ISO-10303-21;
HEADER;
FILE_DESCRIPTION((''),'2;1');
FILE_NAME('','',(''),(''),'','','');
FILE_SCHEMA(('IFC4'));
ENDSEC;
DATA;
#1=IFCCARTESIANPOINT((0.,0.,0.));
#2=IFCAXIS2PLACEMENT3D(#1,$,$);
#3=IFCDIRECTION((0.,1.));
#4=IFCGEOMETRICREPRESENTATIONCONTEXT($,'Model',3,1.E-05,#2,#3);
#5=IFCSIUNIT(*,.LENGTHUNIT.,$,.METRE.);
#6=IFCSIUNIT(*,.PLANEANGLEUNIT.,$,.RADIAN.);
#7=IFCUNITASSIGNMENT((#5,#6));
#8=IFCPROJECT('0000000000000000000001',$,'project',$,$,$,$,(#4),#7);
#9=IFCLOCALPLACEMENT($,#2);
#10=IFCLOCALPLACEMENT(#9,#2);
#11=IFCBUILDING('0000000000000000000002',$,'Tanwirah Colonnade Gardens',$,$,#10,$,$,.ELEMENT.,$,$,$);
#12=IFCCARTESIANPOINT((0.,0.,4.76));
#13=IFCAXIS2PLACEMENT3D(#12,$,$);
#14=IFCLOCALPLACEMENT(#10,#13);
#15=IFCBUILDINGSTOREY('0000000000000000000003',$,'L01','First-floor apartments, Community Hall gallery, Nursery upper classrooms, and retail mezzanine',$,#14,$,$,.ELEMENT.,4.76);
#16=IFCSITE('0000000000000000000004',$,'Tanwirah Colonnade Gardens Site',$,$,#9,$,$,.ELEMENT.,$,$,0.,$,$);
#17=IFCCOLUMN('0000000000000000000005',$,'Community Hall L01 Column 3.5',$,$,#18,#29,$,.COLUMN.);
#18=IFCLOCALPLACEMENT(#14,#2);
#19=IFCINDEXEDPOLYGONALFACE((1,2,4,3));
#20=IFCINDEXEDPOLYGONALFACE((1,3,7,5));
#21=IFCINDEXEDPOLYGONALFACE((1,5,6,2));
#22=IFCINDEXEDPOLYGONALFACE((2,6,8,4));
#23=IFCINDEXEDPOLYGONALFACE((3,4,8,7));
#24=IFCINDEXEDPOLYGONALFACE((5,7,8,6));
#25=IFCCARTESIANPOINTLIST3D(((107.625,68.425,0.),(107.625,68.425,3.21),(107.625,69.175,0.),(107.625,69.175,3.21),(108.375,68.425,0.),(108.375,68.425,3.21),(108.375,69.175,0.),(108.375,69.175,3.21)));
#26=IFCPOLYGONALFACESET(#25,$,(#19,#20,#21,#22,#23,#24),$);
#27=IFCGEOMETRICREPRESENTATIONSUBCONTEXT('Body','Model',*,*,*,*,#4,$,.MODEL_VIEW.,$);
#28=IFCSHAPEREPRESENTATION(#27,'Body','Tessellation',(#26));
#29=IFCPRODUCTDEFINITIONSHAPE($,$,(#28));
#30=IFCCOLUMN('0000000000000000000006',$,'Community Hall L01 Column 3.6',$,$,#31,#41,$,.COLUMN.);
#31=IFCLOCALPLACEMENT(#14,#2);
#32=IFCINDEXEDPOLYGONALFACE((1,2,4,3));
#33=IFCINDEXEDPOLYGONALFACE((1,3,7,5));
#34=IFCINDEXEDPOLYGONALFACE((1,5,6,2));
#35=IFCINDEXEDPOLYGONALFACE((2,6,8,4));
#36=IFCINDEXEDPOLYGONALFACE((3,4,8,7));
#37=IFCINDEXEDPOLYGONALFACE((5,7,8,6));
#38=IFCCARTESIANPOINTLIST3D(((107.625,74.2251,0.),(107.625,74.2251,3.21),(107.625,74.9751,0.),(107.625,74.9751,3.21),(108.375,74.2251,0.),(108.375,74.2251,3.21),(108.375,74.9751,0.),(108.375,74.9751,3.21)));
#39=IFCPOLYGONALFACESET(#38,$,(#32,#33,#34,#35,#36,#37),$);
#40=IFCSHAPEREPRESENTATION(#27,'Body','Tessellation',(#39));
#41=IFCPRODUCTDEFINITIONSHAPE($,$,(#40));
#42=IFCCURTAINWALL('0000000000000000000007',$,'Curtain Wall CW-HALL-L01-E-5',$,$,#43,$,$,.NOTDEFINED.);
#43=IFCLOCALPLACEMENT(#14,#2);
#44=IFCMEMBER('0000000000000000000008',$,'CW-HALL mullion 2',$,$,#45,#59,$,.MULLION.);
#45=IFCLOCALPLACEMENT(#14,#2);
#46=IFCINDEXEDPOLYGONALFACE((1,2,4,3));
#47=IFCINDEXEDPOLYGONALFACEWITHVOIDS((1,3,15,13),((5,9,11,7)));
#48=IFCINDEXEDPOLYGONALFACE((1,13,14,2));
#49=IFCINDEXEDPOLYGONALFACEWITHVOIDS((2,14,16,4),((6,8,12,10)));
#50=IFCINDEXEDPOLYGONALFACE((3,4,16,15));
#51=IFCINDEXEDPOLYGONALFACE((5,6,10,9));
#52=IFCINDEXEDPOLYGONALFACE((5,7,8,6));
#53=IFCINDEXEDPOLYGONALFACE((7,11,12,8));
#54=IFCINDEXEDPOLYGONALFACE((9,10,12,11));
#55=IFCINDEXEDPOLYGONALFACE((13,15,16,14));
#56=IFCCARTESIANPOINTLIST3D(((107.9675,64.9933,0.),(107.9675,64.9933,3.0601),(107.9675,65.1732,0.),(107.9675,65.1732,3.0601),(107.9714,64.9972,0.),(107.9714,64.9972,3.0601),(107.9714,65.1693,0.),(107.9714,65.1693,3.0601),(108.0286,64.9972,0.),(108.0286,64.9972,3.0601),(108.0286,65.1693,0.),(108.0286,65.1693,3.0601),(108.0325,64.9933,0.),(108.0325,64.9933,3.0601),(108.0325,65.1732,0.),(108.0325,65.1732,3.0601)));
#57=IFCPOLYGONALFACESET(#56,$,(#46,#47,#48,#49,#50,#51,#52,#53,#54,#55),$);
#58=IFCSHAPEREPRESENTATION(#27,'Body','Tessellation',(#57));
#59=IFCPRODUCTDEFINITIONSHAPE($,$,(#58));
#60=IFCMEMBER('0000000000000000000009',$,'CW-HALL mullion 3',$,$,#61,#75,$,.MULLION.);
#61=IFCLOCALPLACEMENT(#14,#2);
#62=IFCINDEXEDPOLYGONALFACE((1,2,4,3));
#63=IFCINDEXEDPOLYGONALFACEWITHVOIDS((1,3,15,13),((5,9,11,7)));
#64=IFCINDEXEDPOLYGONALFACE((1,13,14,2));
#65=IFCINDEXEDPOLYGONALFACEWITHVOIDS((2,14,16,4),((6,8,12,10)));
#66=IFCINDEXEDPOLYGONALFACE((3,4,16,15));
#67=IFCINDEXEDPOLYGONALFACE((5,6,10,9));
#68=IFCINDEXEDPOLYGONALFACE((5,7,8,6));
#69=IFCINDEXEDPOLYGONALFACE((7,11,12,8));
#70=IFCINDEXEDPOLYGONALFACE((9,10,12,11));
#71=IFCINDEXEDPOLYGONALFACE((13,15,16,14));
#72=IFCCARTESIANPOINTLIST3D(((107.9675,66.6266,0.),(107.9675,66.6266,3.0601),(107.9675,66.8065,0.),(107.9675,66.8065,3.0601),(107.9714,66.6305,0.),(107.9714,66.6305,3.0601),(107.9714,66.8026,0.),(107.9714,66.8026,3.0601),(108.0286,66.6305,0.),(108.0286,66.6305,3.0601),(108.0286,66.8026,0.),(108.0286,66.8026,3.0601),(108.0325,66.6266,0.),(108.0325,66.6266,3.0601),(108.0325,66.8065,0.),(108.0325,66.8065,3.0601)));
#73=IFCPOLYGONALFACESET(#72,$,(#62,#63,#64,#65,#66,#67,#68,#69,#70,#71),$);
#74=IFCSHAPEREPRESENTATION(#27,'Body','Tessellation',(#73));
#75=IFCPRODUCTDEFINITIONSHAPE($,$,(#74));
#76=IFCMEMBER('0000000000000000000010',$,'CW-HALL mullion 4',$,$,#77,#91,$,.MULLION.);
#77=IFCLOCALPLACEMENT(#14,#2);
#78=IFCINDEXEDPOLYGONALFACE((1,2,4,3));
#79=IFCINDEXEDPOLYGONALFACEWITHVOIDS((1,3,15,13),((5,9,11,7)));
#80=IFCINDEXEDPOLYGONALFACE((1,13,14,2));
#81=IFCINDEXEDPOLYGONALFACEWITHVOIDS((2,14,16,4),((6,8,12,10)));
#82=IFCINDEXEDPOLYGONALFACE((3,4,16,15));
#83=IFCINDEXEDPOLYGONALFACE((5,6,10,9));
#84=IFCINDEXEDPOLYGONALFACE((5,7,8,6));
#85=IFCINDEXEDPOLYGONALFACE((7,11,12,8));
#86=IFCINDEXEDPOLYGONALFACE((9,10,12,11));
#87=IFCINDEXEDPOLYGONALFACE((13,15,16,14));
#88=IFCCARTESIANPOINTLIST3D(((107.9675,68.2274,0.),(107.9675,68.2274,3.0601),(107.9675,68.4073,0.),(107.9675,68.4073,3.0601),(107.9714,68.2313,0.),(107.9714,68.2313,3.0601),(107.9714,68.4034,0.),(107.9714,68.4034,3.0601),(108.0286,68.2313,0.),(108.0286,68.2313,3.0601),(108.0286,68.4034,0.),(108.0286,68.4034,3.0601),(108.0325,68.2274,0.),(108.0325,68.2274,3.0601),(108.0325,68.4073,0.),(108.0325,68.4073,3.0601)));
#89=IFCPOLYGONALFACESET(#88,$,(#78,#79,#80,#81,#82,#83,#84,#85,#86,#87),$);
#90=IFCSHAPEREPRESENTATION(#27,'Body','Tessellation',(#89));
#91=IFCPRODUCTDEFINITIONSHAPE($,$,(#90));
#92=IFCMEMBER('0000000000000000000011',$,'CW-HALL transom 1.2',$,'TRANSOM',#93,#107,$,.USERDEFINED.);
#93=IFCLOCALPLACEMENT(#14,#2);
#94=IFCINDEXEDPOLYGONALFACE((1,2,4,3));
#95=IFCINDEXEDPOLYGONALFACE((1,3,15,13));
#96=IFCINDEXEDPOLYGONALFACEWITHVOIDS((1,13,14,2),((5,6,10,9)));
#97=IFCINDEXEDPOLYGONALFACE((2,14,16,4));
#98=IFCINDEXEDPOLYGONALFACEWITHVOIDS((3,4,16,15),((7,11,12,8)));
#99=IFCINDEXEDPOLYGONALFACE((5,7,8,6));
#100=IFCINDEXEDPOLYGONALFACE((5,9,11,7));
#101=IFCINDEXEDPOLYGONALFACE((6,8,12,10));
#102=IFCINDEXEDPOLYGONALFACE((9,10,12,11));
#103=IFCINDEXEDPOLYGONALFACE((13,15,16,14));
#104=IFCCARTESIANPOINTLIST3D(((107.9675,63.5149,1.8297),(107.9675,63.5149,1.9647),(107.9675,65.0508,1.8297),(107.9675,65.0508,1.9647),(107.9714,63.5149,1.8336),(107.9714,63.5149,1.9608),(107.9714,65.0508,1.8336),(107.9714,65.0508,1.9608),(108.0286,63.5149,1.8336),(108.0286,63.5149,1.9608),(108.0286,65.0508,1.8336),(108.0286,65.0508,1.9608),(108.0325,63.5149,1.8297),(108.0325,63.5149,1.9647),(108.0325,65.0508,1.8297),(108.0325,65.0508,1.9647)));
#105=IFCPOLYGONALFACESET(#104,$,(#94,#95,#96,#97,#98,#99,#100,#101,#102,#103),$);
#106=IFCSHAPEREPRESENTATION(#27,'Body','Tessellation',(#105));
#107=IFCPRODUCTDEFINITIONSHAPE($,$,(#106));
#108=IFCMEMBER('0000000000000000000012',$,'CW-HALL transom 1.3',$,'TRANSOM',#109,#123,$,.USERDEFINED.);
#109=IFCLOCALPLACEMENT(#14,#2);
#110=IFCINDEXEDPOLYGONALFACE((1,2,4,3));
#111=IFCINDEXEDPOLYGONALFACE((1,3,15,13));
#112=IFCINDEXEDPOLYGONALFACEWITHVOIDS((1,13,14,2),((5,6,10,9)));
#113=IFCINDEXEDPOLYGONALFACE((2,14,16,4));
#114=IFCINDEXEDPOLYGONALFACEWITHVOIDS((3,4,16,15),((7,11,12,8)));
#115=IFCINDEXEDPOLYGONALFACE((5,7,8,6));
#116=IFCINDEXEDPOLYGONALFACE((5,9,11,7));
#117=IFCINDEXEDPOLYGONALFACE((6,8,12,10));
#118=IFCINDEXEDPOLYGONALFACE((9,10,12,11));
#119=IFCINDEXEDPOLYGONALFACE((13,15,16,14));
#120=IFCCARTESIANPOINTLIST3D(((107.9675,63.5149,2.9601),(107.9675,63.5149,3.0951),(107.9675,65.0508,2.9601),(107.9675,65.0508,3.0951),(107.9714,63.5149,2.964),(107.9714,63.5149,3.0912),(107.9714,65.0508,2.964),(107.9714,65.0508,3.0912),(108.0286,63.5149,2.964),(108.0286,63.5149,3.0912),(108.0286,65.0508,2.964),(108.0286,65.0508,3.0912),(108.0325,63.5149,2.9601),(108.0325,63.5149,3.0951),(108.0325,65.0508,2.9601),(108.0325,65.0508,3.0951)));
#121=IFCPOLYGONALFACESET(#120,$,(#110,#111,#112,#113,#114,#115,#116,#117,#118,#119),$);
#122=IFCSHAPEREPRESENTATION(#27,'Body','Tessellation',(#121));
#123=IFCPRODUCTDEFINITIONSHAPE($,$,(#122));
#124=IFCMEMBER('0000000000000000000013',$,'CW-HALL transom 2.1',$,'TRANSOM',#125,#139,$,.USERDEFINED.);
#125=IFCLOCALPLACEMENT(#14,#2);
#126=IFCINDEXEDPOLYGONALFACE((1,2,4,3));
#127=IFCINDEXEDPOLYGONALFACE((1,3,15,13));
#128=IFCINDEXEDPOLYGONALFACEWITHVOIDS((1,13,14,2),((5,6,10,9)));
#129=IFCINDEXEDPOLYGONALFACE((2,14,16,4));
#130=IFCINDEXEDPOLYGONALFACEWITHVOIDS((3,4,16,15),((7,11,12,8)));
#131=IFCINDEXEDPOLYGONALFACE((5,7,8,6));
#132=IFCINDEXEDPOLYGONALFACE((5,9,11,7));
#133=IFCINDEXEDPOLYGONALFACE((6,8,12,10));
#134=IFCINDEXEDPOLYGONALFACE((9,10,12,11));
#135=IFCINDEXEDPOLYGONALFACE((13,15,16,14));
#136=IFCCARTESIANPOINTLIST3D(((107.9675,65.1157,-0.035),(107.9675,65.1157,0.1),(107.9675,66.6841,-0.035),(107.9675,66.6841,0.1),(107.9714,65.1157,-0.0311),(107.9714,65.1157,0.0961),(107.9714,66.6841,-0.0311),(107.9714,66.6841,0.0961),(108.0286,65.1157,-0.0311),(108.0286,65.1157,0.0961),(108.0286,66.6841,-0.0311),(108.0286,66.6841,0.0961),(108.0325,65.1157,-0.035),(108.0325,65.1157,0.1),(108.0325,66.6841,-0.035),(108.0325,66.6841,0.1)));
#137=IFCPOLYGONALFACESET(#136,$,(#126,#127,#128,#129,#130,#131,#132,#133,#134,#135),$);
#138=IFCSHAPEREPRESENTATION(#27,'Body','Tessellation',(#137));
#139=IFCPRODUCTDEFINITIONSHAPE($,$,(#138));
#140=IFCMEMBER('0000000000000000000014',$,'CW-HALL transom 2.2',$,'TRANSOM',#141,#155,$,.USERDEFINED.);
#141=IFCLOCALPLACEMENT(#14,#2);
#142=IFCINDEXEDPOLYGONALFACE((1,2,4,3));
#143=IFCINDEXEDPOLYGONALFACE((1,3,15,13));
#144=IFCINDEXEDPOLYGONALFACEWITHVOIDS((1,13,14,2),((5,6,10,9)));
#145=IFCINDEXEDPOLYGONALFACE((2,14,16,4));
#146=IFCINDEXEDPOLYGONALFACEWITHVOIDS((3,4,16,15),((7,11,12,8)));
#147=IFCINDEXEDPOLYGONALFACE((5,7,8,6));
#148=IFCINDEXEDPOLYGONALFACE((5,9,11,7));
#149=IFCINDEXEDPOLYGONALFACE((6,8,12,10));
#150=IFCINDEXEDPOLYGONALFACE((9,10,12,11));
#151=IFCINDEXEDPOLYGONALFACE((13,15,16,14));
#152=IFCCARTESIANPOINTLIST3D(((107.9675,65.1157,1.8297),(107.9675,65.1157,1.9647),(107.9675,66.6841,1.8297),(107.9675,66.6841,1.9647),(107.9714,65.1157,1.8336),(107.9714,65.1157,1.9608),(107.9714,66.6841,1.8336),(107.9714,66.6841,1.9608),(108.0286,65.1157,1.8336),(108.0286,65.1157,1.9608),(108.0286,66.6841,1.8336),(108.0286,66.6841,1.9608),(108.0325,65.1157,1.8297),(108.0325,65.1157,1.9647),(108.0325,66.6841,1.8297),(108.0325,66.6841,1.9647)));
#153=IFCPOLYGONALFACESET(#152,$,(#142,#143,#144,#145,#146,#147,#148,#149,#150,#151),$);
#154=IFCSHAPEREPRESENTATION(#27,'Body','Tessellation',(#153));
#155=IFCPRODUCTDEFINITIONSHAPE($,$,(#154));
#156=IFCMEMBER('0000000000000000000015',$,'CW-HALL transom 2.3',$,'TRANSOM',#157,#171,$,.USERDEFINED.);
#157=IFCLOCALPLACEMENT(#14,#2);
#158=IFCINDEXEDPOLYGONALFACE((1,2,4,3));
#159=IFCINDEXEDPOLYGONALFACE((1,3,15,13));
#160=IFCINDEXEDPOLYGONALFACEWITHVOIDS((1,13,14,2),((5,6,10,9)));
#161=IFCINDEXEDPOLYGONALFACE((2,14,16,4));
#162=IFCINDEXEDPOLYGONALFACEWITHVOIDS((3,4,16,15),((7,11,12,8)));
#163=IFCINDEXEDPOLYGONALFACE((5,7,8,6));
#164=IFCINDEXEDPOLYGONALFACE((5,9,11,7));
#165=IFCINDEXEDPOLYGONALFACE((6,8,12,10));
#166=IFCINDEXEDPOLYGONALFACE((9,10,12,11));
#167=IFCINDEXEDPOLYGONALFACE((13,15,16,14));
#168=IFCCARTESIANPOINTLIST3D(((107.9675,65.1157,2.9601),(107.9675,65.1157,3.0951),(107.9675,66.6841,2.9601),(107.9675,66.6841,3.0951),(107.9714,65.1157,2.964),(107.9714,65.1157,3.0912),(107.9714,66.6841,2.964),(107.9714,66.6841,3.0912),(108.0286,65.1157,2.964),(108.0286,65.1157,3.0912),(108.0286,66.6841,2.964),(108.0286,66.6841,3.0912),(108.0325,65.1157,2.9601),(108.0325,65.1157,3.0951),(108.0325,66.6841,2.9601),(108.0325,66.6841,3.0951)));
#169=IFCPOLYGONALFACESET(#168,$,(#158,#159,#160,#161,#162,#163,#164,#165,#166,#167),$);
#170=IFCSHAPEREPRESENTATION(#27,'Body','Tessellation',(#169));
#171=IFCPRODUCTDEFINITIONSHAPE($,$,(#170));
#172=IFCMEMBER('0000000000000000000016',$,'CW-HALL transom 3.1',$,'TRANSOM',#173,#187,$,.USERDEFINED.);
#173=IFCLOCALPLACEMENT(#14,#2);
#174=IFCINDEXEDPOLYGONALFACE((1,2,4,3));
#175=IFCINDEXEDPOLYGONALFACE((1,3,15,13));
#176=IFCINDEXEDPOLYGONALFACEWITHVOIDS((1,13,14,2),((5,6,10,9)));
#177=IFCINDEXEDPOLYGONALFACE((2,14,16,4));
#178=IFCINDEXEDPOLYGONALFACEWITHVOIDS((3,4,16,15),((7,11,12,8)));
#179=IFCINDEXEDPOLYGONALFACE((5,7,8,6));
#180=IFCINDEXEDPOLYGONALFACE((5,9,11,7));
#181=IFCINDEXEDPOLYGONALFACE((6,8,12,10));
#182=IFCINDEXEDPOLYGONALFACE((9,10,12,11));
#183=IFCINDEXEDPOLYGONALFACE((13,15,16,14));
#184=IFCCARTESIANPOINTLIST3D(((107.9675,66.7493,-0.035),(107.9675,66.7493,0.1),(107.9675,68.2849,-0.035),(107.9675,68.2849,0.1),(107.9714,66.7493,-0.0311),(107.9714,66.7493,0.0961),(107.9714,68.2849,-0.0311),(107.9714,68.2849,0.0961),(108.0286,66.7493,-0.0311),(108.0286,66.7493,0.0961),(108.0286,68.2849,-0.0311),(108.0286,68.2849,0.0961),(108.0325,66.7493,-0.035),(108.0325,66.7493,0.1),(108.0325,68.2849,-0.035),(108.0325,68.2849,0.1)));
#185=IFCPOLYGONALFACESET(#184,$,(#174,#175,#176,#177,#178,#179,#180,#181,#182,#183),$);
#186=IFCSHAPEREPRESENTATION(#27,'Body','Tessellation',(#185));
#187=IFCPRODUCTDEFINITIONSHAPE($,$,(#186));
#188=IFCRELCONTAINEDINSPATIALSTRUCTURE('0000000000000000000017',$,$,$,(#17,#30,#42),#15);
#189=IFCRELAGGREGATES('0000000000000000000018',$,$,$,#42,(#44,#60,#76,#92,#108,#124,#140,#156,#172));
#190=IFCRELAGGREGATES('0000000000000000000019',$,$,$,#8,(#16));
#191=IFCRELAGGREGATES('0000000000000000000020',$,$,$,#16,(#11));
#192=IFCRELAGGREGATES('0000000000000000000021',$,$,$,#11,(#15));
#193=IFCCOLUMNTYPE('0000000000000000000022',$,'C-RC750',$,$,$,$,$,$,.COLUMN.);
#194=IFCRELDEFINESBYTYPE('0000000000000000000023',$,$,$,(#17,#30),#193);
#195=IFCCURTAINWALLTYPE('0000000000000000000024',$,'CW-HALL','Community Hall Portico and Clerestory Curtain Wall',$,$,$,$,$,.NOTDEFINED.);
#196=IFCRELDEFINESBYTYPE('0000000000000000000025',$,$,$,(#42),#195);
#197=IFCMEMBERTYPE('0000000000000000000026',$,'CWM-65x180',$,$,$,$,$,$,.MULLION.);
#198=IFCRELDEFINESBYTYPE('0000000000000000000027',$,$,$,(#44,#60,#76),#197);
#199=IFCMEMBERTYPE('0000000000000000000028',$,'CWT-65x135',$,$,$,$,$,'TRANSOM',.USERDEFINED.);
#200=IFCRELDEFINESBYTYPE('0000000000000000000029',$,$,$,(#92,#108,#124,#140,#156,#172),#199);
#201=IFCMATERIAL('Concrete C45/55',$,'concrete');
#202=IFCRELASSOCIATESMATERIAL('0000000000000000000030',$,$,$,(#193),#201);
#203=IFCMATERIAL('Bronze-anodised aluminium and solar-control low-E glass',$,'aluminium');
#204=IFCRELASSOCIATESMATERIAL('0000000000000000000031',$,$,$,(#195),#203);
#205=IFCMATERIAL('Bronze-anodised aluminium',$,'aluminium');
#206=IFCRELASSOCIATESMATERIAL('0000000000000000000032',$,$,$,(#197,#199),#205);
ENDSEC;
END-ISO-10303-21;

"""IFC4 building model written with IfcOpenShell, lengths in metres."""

from ifc_helpers import new_model, si_unit, direction, frame, origin, origin_2d, place, context, subcontext, project, spatial, rectangle, hollow_rectangle, extrude, material, material_profile, profile_set, type_object, element, aggregate, save


model = new_model("IFC4")

# Units and contexts
model_context = context("Model", 3, precision=1e-05, world=origin(), true_north=direction((0.0, 1.0)))
body_context = subcontext(model_context, "Body", "Model", "MODEL_VIEW")
ifc_project = project(units=[si_unit("LENGTHUNIT", "METRE"), si_unit("PLANEANGLEUNIT", "RADIAN")], contexts=[model_context])

# Site, building, storey
site_placement = place(None, origin())
site = spatial("IfcSite", under=ifc_project, at=site_placement, Name="Tanwirah Colonnade Gardens Site", CompositionType="ELEMENT", RefElevation=0.0)
building_placement = place(site_placement, origin())
building = spatial("IfcBuilding", under=site, at=building_placement, Name="Tanwirah Colonnade Gardens", CompositionType="ELEMENT")
storey_placement = place(building_placement, frame((0.0, 0.0, 4.76)))
storey = spatial("IfcBuildingStorey", under=building, at=storey_placement, Name="L01", Description="First-floor apartments, Community Hall gallery, Nursery upper classrooms, and retail mezzanine", CompositionType="ELEMENT", Elevation=4.76)

# Columns
ifc_material_1 = material(Name="Concrete C45/55", Category="concrete")
ifc_material_profile_1 = material_profile(ifc_material_1, rectangle(XDim=0.75, YDim=0.75, at=origin_2d()), Name="RC-COL 750x750")
ifc_profile_set_1 = profile_set([ifc_material_profile_1], Name="Concrete C45/55")
column_type = type_object("IfcColumnType", Name="C-RC750", PredefinedType="COLUMN", material=ifc_profile_set_1)
for number, where, z_axis, x_axis, name in (
    (1, (108.0, 68.8, 0.0), (0.0, 0.0, 1.0), (1.0, 0.0, 0.0), "Community Hall L01 Column 3.5"),
    (2, (108.0, 74.6001, 0.0), (0.0, 0.0, 1.0), (1.0, 0.0, 0.0), "Community Hall L01 Column 3.6"),
):
    element("IfcColumn", number, at=place(storey_placement, frame(where, z_axis=z_axis, x_axis=x_axis)), inside=storey, type_object=column_type, Name=name, PredefinedType="COLUMN", context=body_context, shape_type="SweptSolid", body=[
        extrude(rectangle(XDim=0.75, YDim=0.75, at=origin_2d()), origin(), (0.0, 0.0, 1.0), 3.21),
    ])

# Curtain wall, members
ifc_material_2 = material(Name="Bronze-anodised aluminium and solar-control low-E glass", Category="aluminium")
curtain_wall_type = type_object("IfcCurtainWallType", Name="CW-HALL", Description="Community Hall Portico and Clerestory Curtain Wall", PredefinedType="NOTDEFINED", material=ifc_material_2)
curtain_wall_placement = place(storey_placement, origin())
curtain_wall = element("IfcCurtainWall", 3, at=curtain_wall_placement, inside=storey, type_object=curtain_wall_type, Name="Curtain Wall CW-HALL-L01-E-5", PredefinedType="NOTDEFINED")
ifc_material_3 = material(Name="Bronze-anodised aluminium", Category="aluminium")
ifc_material_profile_2 = material_profile(ifc_material_3, hollow_rectangle(XDim=0.0649, YDim=0.1799, WallThickness=0.0039, at=origin_2d()), Name="CW-MUL 65x180x4")
ifc_profile_set_2 = profile_set([ifc_material_profile_2], Name="Bronze-anodised aluminium")
member_type_1 = type_object("IfcMemberType", Name="CWM-65x180", PredefinedType="MULLION", material=ifc_profile_set_2)
member_1_placement = place(storey_placement, frame((108.0, 65.0833, 0.0), z_axis=(0.0, 0.0, 1.0), x_axis=(-1.0, 0.0, 0.0)))
member_1 = element("IfcMember", 4, at=member_1_placement, type_object=member_type_1, Name="CW-HALL mullion 2", PredefinedType="MULLION", context=body_context, shape_type="SweptSolid", body=[
    extrude(hollow_rectangle(XDim=0.0649, YDim=0.1799, WallThickness=0.0039, at=origin_2d()), origin(), (0.0, 0.0, 1.0), 3.0601),
])
member_2_placement = place(storey_placement, frame((108.0, 66.7166, 0.0), z_axis=(0.0, 0.0, 1.0), x_axis=(-1.0, 0.0, 0.0)))
member_2 = element("IfcMember", 5, at=member_2_placement, type_object=member_type_1, Name="CW-HALL mullion 3", PredefinedType="MULLION", context=body_context, shape_type="SweptSolid", body=[
    extrude(hollow_rectangle(XDim=0.0649, YDim=0.1799, WallThickness=0.0039, at=origin_2d()), origin(), (0.0, 0.0, 1.0), 3.0601),
])
member_3_placement = place(storey_placement, frame((108.0, 68.3174, 0.0), z_axis=(0.0, 0.0, 1.0), x_axis=(-1.0, 0.0, 0.0)))
member_3 = element("IfcMember", 6, at=member_3_placement, type_object=member_type_1, Name="CW-HALL mullion 4", PredefinedType="MULLION", context=body_context, shape_type="SweptSolid", body=[
    extrude(hollow_rectangle(XDim=0.0649, YDim=0.1799, WallThickness=0.0039, at=origin_2d()), origin(), (0.0, 0.0, 1.0), 3.0601),
])
ifc_material_profile_3 = material_profile(ifc_material_3, hollow_rectangle(XDim=0.0649, YDim=0.135, WallThickness=0.0039, at=origin_2d()), Name="CW-TRN 65x135x4")
ifc_profile_set_3 = profile_set([ifc_material_profile_3], Name="Bronze-anodised aluminium")
member_type_2 = type_object("IfcMemberType", Name="CWT-65x135", ElementType="TRANSOM", PredefinedType="USERDEFINED", material=ifc_profile_set_3)
member_4_placement = place(storey_placement, frame((108.0, 63.5149, 1.8972), z_axis=(0.0, 1.0, 0.0), x_axis=(-1.0, 0.0, 0.0)))
member_4 = element("IfcMember", 7, at=member_4_placement, type_object=member_type_2, Name="CW-HALL transom 1.2", ObjectType="TRANSOM", PredefinedType="USERDEFINED", context=body_context, shape_type="SweptSolid", body=[
    extrude(hollow_rectangle(XDim=0.0649, YDim=0.135, WallThickness=0.0039, at=origin_2d()), origin(), (0.0, 0.0, 1.0), 1.5359),
])
member_5_placement = place(storey_placement, frame((108.0, 63.5149, 3.0276), z_axis=(0.0, 1.0, 0.0), x_axis=(-1.0, 0.0, 0.0)))
member_5 = element("IfcMember", 8, at=member_5_placement, type_object=member_type_2, Name="CW-HALL transom 1.3", ObjectType="TRANSOM", PredefinedType="USERDEFINED", context=body_context, shape_type="SweptSolid", body=[
    extrude(hollow_rectangle(XDim=0.0649, YDim=0.135, WallThickness=0.0039, at=origin_2d()), origin(), (0.0, 0.0, 1.0), 1.5359),
])
member_6_placement = place(storey_placement, frame((108.0, 65.1157, 0.0325), z_axis=(0.0, 1.0, 0.0), x_axis=(-1.0, 0.0, 0.0)))
member_6 = element("IfcMember", 9, at=member_6_placement, type_object=member_type_2, Name="CW-HALL transom 2.1", ObjectType="TRANSOM", PredefinedType="USERDEFINED", context=body_context, shape_type="SweptSolid", body=[
    extrude(hollow_rectangle(XDim=0.0649, YDim=0.135, WallThickness=0.0039, at=origin_2d()), origin(), (0.0, 0.0, 1.0), 1.5684),
])
member_7_placement = place(storey_placement, frame((108.0, 65.1157, 1.8972), z_axis=(0.0, 1.0, 0.0), x_axis=(-1.0, 0.0, 0.0)))
member_7 = element("IfcMember", 10, at=member_7_placement, type_object=member_type_2, Name="CW-HALL transom 2.2", ObjectType="TRANSOM", PredefinedType="USERDEFINED", context=body_context, shape_type="SweptSolid", body=[
    extrude(hollow_rectangle(XDim=0.0649, YDim=0.135, WallThickness=0.0039, at=origin_2d()), origin(), (0.0, 0.0, 1.0), 1.5684),
])
member_8_placement = place(storey_placement, frame((108.0, 65.1157, 3.0276), z_axis=(0.0, 1.0, 0.0), x_axis=(-1.0, 0.0, 0.0)))
member_8 = element("IfcMember", 11, at=member_8_placement, type_object=member_type_2, Name="CW-HALL transom 2.3", ObjectType="TRANSOM", PredefinedType="USERDEFINED", context=body_context, shape_type="SweptSolid", body=[
    extrude(hollow_rectangle(XDim=0.0649, YDim=0.135, WallThickness=0.0039, at=origin_2d()), origin(), (0.0, 0.0, 1.0), 1.5684),
])
member_9_placement = place(storey_placement, frame((108.0, 66.7493, 0.0325), z_axis=(0.0, 1.0, 0.0), x_axis=(-1.0, 0.0, 0.0)))
member_9 = element("IfcMember", 12, at=member_9_placement, type_object=member_type_2, Name="CW-HALL transom 3.1", ObjectType="TRANSOM", PredefinedType="USERDEFINED", context=body_context, shape_type="SweptSolid", body=[
    extrude(hollow_rectangle(XDim=0.0649, YDim=0.135, WallThickness=0.0039, at=origin_2d()), origin(), (0.0, 0.0, 1.0), 1.5356),
])

aggregate(curtain_wall, [member_1, member_2, member_3, member_4, member_5, member_6, member_7, member_8, member_9])

save(model, "model.ifc")
